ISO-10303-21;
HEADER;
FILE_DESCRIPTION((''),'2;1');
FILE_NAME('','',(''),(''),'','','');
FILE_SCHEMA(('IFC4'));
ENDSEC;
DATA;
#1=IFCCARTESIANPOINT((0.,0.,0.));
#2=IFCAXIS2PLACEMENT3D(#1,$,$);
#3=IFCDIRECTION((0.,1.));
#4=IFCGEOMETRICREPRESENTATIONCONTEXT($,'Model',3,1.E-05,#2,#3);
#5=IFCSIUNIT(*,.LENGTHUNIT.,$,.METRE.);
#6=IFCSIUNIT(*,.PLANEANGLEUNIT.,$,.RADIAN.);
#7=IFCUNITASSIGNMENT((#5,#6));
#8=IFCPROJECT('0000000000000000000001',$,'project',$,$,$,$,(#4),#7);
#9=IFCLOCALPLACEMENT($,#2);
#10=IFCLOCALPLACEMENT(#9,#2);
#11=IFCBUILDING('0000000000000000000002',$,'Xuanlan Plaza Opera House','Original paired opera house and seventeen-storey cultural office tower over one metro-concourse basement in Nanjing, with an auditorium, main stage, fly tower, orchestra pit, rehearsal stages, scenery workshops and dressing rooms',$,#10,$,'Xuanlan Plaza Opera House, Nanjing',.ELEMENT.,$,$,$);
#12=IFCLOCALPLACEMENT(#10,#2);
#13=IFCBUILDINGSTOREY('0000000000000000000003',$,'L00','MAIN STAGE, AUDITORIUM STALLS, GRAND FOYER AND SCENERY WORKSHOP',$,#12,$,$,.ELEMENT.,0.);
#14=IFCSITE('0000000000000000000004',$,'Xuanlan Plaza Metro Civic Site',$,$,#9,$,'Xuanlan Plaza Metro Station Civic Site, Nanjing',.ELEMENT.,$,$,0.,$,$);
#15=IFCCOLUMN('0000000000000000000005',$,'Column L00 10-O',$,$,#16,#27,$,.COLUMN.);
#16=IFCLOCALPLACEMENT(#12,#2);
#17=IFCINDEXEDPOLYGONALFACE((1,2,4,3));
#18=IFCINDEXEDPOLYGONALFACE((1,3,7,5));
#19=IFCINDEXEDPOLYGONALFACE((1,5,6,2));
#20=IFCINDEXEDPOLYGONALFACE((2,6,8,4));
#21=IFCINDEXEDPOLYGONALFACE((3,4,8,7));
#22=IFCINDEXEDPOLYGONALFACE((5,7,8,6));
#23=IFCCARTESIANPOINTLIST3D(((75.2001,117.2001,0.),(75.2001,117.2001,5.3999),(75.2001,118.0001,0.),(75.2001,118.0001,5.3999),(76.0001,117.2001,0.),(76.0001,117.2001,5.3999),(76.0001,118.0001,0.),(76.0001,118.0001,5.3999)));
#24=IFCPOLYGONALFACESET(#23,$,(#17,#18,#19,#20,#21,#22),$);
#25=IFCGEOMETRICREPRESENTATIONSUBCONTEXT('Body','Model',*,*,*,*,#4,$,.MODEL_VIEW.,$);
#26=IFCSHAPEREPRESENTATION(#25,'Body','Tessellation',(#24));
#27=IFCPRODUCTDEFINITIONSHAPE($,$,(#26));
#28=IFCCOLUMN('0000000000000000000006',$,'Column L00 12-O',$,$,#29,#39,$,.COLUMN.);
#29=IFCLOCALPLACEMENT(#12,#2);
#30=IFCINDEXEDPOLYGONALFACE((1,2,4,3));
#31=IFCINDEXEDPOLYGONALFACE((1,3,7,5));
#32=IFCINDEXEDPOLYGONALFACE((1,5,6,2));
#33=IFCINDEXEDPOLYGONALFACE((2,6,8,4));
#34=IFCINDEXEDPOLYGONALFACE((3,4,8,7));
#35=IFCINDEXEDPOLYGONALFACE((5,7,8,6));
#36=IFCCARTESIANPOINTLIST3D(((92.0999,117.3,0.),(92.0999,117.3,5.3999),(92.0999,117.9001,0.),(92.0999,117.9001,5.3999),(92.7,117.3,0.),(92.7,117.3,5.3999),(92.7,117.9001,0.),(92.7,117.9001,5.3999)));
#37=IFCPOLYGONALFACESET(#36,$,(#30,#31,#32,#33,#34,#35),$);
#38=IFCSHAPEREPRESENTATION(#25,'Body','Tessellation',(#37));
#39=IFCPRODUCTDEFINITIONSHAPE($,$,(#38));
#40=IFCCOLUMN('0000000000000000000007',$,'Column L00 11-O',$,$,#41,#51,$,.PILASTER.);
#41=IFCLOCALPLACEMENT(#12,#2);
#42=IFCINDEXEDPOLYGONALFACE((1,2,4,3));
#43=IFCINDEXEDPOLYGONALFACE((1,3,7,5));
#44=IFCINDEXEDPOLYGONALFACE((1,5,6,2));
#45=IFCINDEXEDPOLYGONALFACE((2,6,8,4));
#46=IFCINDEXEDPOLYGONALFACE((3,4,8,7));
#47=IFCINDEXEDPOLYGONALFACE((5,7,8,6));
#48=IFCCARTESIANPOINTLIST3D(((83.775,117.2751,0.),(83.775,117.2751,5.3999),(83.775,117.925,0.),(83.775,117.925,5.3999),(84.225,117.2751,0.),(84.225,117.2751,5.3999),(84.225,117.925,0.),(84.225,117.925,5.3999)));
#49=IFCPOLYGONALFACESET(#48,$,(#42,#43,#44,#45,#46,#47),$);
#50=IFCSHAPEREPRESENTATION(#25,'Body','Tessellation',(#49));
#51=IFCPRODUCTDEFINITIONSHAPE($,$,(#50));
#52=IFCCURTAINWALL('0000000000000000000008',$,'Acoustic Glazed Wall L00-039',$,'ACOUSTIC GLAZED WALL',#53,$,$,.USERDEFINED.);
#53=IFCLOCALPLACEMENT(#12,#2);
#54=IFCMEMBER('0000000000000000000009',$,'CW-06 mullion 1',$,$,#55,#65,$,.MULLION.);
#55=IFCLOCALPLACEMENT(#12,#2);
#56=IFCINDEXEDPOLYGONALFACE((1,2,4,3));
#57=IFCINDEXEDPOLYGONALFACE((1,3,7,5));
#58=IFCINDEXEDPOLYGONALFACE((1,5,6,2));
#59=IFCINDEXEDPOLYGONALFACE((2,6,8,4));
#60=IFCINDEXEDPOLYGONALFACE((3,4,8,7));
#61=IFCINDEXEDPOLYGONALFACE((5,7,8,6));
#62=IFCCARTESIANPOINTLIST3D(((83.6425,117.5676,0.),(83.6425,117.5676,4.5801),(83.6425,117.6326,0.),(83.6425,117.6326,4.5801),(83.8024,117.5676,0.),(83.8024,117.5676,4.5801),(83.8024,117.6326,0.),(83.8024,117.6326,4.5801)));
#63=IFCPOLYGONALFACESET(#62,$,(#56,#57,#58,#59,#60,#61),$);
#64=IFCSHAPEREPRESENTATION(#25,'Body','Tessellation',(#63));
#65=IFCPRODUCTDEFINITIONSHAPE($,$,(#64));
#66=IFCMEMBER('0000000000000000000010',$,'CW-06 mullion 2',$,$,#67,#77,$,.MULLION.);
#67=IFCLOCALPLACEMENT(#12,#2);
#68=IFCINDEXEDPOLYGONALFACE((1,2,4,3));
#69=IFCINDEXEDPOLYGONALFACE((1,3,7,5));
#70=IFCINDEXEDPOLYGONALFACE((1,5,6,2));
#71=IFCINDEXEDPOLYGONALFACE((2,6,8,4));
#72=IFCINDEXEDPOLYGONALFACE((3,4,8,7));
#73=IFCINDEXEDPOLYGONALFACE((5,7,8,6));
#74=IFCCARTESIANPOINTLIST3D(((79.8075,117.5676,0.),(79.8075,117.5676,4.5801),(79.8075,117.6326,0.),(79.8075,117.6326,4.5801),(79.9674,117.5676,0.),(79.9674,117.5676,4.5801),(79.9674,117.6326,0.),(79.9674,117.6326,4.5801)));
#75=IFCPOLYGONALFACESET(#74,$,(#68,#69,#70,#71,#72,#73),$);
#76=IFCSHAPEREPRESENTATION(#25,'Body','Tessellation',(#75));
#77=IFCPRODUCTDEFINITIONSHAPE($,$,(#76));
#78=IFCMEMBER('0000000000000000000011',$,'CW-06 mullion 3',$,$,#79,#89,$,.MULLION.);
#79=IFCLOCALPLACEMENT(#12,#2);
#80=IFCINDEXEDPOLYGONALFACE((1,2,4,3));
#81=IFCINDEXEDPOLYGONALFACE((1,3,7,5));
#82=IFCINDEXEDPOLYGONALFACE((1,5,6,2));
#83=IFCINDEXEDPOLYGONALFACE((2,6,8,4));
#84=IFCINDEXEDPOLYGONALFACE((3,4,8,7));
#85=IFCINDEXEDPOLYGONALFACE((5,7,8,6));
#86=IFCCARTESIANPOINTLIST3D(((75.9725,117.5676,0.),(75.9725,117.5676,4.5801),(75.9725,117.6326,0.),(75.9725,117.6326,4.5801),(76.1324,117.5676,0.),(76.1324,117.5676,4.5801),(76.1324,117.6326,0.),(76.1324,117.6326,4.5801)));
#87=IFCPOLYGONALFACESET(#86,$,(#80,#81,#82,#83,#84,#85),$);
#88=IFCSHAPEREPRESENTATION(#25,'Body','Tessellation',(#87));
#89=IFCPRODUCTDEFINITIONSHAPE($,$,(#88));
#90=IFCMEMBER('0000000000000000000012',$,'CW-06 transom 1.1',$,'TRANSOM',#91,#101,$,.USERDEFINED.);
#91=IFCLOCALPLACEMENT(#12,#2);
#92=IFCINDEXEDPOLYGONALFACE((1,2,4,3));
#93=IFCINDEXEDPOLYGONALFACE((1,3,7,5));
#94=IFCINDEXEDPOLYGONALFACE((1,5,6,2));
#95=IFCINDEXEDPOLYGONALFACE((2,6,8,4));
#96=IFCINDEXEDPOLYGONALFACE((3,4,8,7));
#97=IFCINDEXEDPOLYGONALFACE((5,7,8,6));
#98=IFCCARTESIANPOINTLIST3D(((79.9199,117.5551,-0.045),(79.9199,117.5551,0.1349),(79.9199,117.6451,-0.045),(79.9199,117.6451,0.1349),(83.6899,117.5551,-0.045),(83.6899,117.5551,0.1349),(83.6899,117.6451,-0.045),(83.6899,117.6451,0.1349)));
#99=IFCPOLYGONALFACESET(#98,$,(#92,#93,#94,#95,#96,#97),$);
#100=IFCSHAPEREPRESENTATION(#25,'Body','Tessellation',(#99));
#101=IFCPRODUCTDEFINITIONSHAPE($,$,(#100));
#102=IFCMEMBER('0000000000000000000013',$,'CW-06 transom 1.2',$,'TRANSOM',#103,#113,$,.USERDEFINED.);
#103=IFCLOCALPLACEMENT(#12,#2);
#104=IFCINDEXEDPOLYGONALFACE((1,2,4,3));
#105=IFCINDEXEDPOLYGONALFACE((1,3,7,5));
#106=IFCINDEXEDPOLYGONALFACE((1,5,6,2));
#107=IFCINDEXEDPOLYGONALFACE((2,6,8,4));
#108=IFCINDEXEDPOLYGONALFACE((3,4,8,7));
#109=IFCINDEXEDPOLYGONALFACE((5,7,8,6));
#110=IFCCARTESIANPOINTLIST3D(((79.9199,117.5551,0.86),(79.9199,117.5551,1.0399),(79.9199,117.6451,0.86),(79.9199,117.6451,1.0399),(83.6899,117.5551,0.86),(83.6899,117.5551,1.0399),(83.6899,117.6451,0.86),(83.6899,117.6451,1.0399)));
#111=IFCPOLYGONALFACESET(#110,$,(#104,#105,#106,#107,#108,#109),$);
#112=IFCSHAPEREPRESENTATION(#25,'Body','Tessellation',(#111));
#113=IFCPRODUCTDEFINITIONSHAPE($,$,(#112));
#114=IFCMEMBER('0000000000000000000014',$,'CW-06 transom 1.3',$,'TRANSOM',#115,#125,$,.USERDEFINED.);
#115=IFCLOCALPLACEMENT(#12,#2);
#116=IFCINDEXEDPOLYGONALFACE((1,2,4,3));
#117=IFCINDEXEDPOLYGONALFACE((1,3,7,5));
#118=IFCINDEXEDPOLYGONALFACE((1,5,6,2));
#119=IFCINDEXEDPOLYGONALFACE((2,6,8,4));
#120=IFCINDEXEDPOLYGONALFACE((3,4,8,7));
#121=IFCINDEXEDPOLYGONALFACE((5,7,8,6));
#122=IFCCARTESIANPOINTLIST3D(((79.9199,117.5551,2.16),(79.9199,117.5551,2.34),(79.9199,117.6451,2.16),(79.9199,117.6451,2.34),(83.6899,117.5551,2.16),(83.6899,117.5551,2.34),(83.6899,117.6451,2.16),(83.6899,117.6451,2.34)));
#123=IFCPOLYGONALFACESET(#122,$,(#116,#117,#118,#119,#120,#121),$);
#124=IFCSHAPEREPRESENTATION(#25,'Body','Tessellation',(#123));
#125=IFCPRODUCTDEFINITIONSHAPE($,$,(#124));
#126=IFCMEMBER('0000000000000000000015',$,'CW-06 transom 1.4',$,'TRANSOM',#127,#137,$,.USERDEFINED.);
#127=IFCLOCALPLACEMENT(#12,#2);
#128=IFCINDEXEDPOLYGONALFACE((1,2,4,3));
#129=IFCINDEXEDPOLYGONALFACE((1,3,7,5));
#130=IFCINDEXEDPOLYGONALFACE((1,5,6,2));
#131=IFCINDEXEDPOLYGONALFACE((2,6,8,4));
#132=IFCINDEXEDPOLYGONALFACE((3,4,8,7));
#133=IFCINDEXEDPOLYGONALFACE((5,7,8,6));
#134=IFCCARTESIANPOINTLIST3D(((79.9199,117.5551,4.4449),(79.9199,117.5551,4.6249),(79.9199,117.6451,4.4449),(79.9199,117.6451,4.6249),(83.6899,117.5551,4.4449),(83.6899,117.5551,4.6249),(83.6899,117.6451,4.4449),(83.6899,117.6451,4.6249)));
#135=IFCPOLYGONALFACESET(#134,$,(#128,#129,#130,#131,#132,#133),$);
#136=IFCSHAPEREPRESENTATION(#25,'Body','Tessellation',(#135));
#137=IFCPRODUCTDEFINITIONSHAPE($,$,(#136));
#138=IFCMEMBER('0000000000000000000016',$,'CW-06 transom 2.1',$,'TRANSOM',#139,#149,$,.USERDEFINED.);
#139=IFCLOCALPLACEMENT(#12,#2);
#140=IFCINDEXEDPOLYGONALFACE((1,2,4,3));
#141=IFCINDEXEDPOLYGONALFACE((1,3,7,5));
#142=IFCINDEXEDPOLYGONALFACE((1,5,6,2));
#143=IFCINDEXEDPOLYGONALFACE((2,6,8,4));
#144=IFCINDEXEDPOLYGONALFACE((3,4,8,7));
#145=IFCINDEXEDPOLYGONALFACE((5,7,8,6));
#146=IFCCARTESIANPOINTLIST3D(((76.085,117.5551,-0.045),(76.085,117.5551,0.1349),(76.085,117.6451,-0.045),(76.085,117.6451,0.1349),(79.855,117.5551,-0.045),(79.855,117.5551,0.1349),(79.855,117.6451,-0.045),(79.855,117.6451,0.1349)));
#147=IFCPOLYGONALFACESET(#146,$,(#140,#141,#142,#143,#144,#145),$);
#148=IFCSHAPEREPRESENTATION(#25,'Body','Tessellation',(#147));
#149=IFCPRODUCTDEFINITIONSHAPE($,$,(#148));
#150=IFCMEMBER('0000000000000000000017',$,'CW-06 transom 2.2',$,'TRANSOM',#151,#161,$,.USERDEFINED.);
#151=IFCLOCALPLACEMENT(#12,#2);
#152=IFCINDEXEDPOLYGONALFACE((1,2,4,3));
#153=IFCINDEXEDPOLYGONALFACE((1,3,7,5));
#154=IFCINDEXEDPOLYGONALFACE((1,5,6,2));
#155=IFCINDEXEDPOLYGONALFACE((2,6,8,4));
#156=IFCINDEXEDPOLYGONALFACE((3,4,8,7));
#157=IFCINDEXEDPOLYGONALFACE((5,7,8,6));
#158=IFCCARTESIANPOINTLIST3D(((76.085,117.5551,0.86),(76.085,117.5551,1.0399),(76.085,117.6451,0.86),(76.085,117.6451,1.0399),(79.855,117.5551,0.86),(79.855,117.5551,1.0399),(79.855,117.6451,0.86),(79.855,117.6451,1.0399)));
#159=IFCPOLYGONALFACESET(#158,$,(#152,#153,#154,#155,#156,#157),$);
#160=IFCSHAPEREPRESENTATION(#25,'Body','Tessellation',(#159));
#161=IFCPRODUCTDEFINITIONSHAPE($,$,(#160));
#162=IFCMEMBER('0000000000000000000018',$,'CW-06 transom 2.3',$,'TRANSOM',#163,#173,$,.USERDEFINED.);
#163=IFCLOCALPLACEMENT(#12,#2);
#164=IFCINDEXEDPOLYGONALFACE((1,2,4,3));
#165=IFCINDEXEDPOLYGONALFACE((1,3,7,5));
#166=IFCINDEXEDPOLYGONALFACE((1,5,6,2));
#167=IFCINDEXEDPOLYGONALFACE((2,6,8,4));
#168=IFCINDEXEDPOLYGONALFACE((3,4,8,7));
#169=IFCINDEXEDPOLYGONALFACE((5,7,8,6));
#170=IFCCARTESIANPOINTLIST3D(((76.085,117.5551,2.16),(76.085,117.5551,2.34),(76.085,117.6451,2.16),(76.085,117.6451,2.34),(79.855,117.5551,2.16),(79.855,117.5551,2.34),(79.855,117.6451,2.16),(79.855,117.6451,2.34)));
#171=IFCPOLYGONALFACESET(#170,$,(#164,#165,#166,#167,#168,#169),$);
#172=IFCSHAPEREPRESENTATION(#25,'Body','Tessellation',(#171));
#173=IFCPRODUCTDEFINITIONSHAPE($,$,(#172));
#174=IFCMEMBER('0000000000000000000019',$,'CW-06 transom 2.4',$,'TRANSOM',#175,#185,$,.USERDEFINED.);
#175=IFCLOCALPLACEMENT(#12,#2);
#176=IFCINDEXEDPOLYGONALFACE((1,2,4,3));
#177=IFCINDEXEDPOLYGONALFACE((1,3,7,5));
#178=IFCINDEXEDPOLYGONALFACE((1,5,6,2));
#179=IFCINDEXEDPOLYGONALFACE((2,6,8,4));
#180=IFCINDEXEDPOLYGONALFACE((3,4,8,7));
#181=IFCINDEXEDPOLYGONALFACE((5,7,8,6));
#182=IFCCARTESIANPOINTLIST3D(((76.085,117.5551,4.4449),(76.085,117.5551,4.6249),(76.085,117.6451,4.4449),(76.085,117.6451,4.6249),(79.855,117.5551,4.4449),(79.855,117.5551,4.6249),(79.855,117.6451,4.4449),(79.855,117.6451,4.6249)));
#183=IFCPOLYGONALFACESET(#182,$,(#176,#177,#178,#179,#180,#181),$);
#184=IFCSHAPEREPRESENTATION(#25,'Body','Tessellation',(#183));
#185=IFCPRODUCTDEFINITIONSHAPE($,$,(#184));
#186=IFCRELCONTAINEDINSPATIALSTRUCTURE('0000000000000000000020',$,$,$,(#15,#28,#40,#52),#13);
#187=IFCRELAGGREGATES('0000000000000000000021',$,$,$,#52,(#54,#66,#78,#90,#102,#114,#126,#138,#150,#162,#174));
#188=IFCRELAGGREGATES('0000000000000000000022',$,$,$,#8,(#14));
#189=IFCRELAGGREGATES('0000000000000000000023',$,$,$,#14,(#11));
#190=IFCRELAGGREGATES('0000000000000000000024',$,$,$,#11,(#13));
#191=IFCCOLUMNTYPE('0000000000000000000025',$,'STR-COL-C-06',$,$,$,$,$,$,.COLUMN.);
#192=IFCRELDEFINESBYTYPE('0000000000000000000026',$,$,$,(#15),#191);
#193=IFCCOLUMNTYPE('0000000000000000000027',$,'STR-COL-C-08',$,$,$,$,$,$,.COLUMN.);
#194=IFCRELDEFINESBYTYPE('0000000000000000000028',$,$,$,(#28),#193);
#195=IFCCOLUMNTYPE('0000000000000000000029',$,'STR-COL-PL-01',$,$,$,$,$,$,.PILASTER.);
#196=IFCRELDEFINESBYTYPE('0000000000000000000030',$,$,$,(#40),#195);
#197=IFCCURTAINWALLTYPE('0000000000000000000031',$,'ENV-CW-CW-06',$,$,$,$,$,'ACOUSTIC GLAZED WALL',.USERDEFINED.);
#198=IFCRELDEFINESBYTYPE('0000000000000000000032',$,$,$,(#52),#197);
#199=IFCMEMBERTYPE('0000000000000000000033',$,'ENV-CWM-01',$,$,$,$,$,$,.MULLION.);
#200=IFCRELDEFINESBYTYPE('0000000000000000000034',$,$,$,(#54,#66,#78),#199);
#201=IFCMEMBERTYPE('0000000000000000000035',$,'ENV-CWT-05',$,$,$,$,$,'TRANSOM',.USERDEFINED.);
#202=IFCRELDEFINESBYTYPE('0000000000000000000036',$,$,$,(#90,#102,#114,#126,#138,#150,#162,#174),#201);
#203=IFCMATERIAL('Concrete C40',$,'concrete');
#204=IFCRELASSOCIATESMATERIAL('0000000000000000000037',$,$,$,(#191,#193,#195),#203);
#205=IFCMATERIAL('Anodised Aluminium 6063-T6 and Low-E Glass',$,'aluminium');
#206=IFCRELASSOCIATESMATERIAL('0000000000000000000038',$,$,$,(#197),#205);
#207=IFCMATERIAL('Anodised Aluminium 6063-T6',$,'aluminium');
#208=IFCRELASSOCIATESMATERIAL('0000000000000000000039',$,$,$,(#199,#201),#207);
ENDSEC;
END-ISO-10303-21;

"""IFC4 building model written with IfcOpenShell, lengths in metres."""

from ifc_helpers import new_model, si_unit, direction, frame, origin, origin_2d, place, context, subcontext, project, spatial, rectangle, extrude, material, material_profile, profile_set, type_object, element, aggregate, save


model = new_model("IFC4")

# Units and contexts
model_context = context("Model", 3, precision=1e-05, world=origin(), true_north=direction((0.0, 1.0)))
body_context = subcontext(model_context, "Body", "Model", "MODEL_VIEW")
ifc_project = project(units=[si_unit("LENGTHUNIT", "METRE"), si_unit("PLANEANGLEUNIT", "RADIAN")], contexts=[model_context])

# Site, building, storey
site_placement = place(None, origin())
site = spatial("IfcSite", under=ifc_project, at=site_placement, Name="Xuanlan Plaza Metro Civic Site", LongName="Xuanlan Plaza Metro Station Civic Site, Nanjing", CompositionType="ELEMENT", RefElevation=0.0)
building_placement = place(site_placement, origin())
building = spatial("IfcBuilding", under=site, at=building_placement, Name="Xuanlan Plaza Opera House", Description="Original paired opera house and seventeen-storey cultural office tower over one metro-concourse basement in Nanjing, with an auditorium, main stage, fly tower, orchestra pit, rehearsal stages, scenery workshops and dressing rooms", LongName="Xuanlan Plaza Opera House, Nanjing", CompositionType="ELEMENT")
storey_placement = place(building_placement, origin())
storey = spatial("IfcBuildingStorey", under=building, at=storey_placement, Name="L00", Description="MAIN STAGE, AUDITORIUM STALLS, GRAND FOYER AND SCENERY WORKSHOP", CompositionType="ELEMENT", Elevation=0.0)

# Columns
ifc_material_1 = material(Name="Concrete C40", Category="concrete")
ifc_material_profile_1 = material_profile(ifc_material_1, rectangle(XDim=0.8, YDim=0.8, at=origin_2d()), Name="RC-COL 800x800")
ifc_profile_set_1 = profile_set([ifc_material_profile_1], Name="Concrete C40")
column_type_1 = type_object("IfcColumnType", Name="STR-COL-C-06", PredefinedType="COLUMN", material=ifc_profile_set_1)
column_1_placement = place(storey_placement, frame((75.6001, 117.6001, 0.0), z_axis=(0.0, 0.0, 1.0), x_axis=(1.0, 0.0, 0.0)))
element("IfcColumn", 1, at=column_1_placement, inside=storey, type_object=column_type_1, Name="Column L00 10-O", PredefinedType="COLUMN", context=body_context, shape_type="SweptSolid", body=[
    extrude(rectangle(XDim=0.8, YDim=0.8, at=origin_2d()), origin(), (0.0, 0.0, 1.0), 5.3999),
])
ifc_material_profile_2 = material_profile(ifc_material_1, rectangle(XDim=0.6001, YDim=0.6001, at=origin_2d()), Name="RC-COL 600x600")
ifc_profile_set_2 = profile_set([ifc_material_profile_2], Name="Concrete C40")
column_type_2 = type_object("IfcColumnType", Name="STR-COL-C-08", PredefinedType="COLUMN", material=ifc_profile_set_2)
column_2_placement = place(storey_placement, frame((92.3999, 117.6001, 0.0), z_axis=(0.0, 0.0, 1.0), x_axis=(1.0, 0.0, 0.0)))
element("IfcColumn", 2, at=column_2_placement, inside=storey, type_object=column_type_2, Name="Column L00 12-O", PredefinedType="COLUMN", context=body_context, shape_type="SweptSolid", body=[
    extrude(rectangle(XDim=0.6001, YDim=0.6001, at=origin_2d()), origin(), (0.0, 0.0, 1.0), 5.3999),
])
ifc_material_profile_3 = material_profile(ifc_material_1, rectangle(XDim=0.45, YDim=0.6499, at=origin_2d()), Name="RC-PIL 450x650")
ifc_profile_set_3 = profile_set([ifc_material_profile_3], Name="Concrete C40")
column_type_3 = type_object("IfcColumnType", Name="STR-COL-PL-01", PredefinedType="PILASTER", material=ifc_profile_set_3)
column_3_placement = place(storey_placement, frame((84.0, 117.6001, 0.0), z_axis=(0.0, 0.0, 1.0), x_axis=(1.0, 0.0, 0.0)))
element("IfcColumn", 3, at=column_3_placement, inside=storey, type_object=column_type_3, Name="Column L00 11-O", PredefinedType="PILASTER", context=body_context, shape_type="SweptSolid", body=[
    extrude(rectangle(XDim=0.45, YDim=0.6499, at=origin_2d()), origin(), (0.0, 0.0, 1.0), 5.3999),
])

# Curtain wall, members
ifc_material_2 = material(Name="Anodised Aluminium 6063-T6 and Low-E Glass", Category="aluminium")
curtain_wall_type = type_object("IfcCurtainWallType", Name="ENV-CW-CW-06", ElementType="ACOUSTIC GLAZED WALL", PredefinedType="USERDEFINED", material=ifc_material_2)
curtain_wall_placement = place(storey_placement, origin())
curtain_wall = element("IfcCurtainWall", 4, at=curtain_wall_placement, inside=storey, type_object=curtain_wall_type, Name="Acoustic Glazed Wall L00-039", ObjectType="ACOUSTIC GLAZED WALL", PredefinedType="USERDEFINED")
ifc_material_3 = material(Name="Anodised Aluminium 6063-T6", Category="aluminium")
ifc_material_profile_4 = material_profile(ifc_material_3, rectangle(XDim=0.0649, YDim=0.1599, at=origin_2d()), Name="ALU-M 65x160")
ifc_profile_set_4 = profile_set([ifc_material_profile_4], Name="Anodised Aluminium 6063-T6")
member_type_1 = type_object("IfcMemberType", Name="ENV-CWM-01", PredefinedType="MULLION", material=ifc_profile_set_4)
member_1_placement = place(storey_placement, frame((83.7224, 117.6001, 0.0), z_axis=(0.0, 0.0, 1.0), x_axis=(0.0, -1.0, 0.0)))
member_1 = element("IfcMember", 5, at=member_1_placement, type_object=member_type_1, Name="CW-06 mullion 1", PredefinedType="MULLION", context=body_context, shape_type="SweptSolid", body=[
    extrude(rectangle(XDim=0.0649, YDim=0.1599, at=origin_2d()), origin(), (0.0, 0.0, 1.0), 4.5801),
])
member_2_placement = place(storey_placement, frame((79.8875, 117.6001, 0.0), z_axis=(0.0, 0.0, 1.0), x_axis=(0.0, -1.0, 0.0)))
member_2 = element("IfcMember", 6, at=member_2_placement, type_object=member_type_1, Name="CW-06 mullion 2", PredefinedType="MULLION", context=body_context, shape_type="SweptSolid", body=[
    extrude(rectangle(XDim=0.0649, YDim=0.1599, at=origin_2d()), origin(), (0.0, 0.0, 1.0), 4.5801),
])
member_3_placement = place(storey_placement, frame((76.0525, 117.6001, 0.0), z_axis=(0.0, 0.0, 1.0), x_axis=(0.0, -1.0, 0.0)))
member_3 = element("IfcMember", 7, at=member_3_placement, type_object=member_type_1, Name="CW-06 mullion 3", PredefinedType="MULLION", context=body_context, shape_type="SweptSolid", body=[
    extrude(rectangle(XDim=0.0649, YDim=0.1599, at=origin_2d()), origin(), (0.0, 0.0, 1.0), 4.5801),
])
ifc_material_profile_5 = material_profile(ifc_material_3, rectangle(XDim=0.0901, YDim=0.1799, at=origin_2d()), Name="ALU-T 90x180")
ifc_profile_set_5 = profile_set([ifc_material_profile_5], Name="Anodised Aluminium 6063-T6")
member_type_2 = type_object("IfcMemberType", Name="ENV-CWT-05", ElementType="TRANSOM", PredefinedType="USERDEFINED", material=ifc_profile_set_5)
member_4_placement = place(storey_placement, frame((83.6899, 117.6001, 0.0449), z_axis=(-1.0, 0.0, 0.0), x_axis=(0.0, -1.0, 0.0)))
member_4 = element("IfcMember", 8, at=member_4_placement, type_object=member_type_2, Name="CW-06 transom 1.1", ObjectType="TRANSOM", PredefinedType="USERDEFINED", context=body_context, shape_type="SweptSolid", body=[
    extrude(rectangle(XDim=0.0901, YDim=0.1799, at=origin_2d()), origin(), (0.0, 0.0, 1.0), 3.77),
])
member_5_placement = place(storey_placement, frame((83.6899, 117.6001, 0.95), z_axis=(-1.0, 0.0, 0.0), x_axis=(0.0, -1.0, 0.0)))
member_5 = element("IfcMember", 9, at=member_5_placement, type_object=member_type_2, Name="CW-06 transom 1.2", ObjectType="TRANSOM", PredefinedType="USERDEFINED", context=body_context, shape_type="SweptSolid", body=[
    extrude(rectangle(XDim=0.0901, YDim=0.1799, at=origin_2d()), origin(), (0.0, 0.0, 1.0), 3.77),
])
member_6_placement = place(storey_placement, frame((83.6899, 117.6001, 2.25), z_axis=(-1.0, 0.0, 0.0), x_axis=(0.0, -1.0, 0.0)))
member_6 = element("IfcMember", 10, at=member_6_placement, type_object=member_type_2, Name="CW-06 transom 1.3", ObjectType="TRANSOM", PredefinedType="USERDEFINED", context=body_context, shape_type="SweptSolid", body=[
    extrude(rectangle(XDim=0.0901, YDim=0.1799, at=origin_2d()), origin(), (0.0, 0.0, 1.0), 3.77),
])
member_7_placement = place(storey_placement, frame((83.6899, 117.6001, 4.5349), z_axis=(-1.0, 0.0, 0.0), x_axis=(0.0, -1.0, 0.0)))
member_7 = element("IfcMember", 11, at=member_7_placement, type_object=member_type_2, Name="CW-06 transom 1.4", ObjectType="TRANSOM", PredefinedType="USERDEFINED", context=body_context, shape_type="SweptSolid", body=[
    extrude(rectangle(XDim=0.0901, YDim=0.1799, at=origin_2d()), origin(), (0.0, 0.0, 1.0), 3.77),
])
member_8_placement = place(storey_placement, frame((79.855, 117.6001, 0.0449), z_axis=(-1.0, 0.0, 0.0), x_axis=(0.0, -1.0, 0.0)))
member_8 = element("IfcMember", 12, at=member_8_placement, type_object=member_type_2, Name="CW-06 transom 2.1", ObjectType="TRANSOM", PredefinedType="USERDEFINED", context=body_context, shape_type="SweptSolid", body=[
    extrude(rectangle(XDim=0.0901, YDim=0.1799, at=origin_2d()), origin(), (0.0, 0.0, 1.0), 3.77),
])
member_9_placement = place(storey_placement, frame((79.855, 117.6001, 0.95), z_axis=(-1.0, 0.0, 0.0), x_axis=(0.0, -1.0, 0.0)))
member_9 = element("IfcMember", 13, at=member_9_placement, type_object=member_type_2, Name="CW-06 transom 2.2", ObjectType="TRANSOM", PredefinedType="USERDEFINED", context=body_context, shape_type="SweptSolid", body=[
    extrude(rectangle(XDim=0.0901, YDim=0.1799, at=origin_2d()), origin(), (0.0, 0.0, 1.0), 3.77),
])
member_10_placement = place(storey_placement, frame((79.855, 117.6001, 2.25), z_axis=(-1.0, 0.0, 0.0), x_axis=(0.0, -1.0, 0.0)))
member_10 = element("IfcMember", 14, at=member_10_placement, type_object=member_type_2, Name="CW-06 transom 2.3", ObjectType="TRANSOM", PredefinedType="USERDEFINED", context=body_context, shape_type="SweptSolid", body=[
    extrude(rectangle(XDim=0.0901, YDim=0.1799, at=origin_2d()), origin(), (0.0, 0.0, 1.0), 3.77),
])
member_11_placement = place(storey_placement, frame((79.855, 117.6001, 4.5349), z_axis=(-1.0, 0.0, 0.0), x_axis=(0.0, -1.0, 0.0)))
member_11 = element("IfcMember", 15, at=member_11_placement, type_object=member_type_2, Name="CW-06 transom 2.4", ObjectType="TRANSOM", PredefinedType="USERDEFINED", context=body_context, shape_type="SweptSolid", body=[
    extrude(rectangle(XDim=0.0901, YDim=0.1799, at=origin_2d()), origin(), (0.0, 0.0, 1.0), 3.77),
])

aggregate(curtain_wall, [member_1, member_2, member_3, member_4, member_5, member_6, member_7, member_8, member_9, member_10, member_11])

save(model, "model.ifc")
